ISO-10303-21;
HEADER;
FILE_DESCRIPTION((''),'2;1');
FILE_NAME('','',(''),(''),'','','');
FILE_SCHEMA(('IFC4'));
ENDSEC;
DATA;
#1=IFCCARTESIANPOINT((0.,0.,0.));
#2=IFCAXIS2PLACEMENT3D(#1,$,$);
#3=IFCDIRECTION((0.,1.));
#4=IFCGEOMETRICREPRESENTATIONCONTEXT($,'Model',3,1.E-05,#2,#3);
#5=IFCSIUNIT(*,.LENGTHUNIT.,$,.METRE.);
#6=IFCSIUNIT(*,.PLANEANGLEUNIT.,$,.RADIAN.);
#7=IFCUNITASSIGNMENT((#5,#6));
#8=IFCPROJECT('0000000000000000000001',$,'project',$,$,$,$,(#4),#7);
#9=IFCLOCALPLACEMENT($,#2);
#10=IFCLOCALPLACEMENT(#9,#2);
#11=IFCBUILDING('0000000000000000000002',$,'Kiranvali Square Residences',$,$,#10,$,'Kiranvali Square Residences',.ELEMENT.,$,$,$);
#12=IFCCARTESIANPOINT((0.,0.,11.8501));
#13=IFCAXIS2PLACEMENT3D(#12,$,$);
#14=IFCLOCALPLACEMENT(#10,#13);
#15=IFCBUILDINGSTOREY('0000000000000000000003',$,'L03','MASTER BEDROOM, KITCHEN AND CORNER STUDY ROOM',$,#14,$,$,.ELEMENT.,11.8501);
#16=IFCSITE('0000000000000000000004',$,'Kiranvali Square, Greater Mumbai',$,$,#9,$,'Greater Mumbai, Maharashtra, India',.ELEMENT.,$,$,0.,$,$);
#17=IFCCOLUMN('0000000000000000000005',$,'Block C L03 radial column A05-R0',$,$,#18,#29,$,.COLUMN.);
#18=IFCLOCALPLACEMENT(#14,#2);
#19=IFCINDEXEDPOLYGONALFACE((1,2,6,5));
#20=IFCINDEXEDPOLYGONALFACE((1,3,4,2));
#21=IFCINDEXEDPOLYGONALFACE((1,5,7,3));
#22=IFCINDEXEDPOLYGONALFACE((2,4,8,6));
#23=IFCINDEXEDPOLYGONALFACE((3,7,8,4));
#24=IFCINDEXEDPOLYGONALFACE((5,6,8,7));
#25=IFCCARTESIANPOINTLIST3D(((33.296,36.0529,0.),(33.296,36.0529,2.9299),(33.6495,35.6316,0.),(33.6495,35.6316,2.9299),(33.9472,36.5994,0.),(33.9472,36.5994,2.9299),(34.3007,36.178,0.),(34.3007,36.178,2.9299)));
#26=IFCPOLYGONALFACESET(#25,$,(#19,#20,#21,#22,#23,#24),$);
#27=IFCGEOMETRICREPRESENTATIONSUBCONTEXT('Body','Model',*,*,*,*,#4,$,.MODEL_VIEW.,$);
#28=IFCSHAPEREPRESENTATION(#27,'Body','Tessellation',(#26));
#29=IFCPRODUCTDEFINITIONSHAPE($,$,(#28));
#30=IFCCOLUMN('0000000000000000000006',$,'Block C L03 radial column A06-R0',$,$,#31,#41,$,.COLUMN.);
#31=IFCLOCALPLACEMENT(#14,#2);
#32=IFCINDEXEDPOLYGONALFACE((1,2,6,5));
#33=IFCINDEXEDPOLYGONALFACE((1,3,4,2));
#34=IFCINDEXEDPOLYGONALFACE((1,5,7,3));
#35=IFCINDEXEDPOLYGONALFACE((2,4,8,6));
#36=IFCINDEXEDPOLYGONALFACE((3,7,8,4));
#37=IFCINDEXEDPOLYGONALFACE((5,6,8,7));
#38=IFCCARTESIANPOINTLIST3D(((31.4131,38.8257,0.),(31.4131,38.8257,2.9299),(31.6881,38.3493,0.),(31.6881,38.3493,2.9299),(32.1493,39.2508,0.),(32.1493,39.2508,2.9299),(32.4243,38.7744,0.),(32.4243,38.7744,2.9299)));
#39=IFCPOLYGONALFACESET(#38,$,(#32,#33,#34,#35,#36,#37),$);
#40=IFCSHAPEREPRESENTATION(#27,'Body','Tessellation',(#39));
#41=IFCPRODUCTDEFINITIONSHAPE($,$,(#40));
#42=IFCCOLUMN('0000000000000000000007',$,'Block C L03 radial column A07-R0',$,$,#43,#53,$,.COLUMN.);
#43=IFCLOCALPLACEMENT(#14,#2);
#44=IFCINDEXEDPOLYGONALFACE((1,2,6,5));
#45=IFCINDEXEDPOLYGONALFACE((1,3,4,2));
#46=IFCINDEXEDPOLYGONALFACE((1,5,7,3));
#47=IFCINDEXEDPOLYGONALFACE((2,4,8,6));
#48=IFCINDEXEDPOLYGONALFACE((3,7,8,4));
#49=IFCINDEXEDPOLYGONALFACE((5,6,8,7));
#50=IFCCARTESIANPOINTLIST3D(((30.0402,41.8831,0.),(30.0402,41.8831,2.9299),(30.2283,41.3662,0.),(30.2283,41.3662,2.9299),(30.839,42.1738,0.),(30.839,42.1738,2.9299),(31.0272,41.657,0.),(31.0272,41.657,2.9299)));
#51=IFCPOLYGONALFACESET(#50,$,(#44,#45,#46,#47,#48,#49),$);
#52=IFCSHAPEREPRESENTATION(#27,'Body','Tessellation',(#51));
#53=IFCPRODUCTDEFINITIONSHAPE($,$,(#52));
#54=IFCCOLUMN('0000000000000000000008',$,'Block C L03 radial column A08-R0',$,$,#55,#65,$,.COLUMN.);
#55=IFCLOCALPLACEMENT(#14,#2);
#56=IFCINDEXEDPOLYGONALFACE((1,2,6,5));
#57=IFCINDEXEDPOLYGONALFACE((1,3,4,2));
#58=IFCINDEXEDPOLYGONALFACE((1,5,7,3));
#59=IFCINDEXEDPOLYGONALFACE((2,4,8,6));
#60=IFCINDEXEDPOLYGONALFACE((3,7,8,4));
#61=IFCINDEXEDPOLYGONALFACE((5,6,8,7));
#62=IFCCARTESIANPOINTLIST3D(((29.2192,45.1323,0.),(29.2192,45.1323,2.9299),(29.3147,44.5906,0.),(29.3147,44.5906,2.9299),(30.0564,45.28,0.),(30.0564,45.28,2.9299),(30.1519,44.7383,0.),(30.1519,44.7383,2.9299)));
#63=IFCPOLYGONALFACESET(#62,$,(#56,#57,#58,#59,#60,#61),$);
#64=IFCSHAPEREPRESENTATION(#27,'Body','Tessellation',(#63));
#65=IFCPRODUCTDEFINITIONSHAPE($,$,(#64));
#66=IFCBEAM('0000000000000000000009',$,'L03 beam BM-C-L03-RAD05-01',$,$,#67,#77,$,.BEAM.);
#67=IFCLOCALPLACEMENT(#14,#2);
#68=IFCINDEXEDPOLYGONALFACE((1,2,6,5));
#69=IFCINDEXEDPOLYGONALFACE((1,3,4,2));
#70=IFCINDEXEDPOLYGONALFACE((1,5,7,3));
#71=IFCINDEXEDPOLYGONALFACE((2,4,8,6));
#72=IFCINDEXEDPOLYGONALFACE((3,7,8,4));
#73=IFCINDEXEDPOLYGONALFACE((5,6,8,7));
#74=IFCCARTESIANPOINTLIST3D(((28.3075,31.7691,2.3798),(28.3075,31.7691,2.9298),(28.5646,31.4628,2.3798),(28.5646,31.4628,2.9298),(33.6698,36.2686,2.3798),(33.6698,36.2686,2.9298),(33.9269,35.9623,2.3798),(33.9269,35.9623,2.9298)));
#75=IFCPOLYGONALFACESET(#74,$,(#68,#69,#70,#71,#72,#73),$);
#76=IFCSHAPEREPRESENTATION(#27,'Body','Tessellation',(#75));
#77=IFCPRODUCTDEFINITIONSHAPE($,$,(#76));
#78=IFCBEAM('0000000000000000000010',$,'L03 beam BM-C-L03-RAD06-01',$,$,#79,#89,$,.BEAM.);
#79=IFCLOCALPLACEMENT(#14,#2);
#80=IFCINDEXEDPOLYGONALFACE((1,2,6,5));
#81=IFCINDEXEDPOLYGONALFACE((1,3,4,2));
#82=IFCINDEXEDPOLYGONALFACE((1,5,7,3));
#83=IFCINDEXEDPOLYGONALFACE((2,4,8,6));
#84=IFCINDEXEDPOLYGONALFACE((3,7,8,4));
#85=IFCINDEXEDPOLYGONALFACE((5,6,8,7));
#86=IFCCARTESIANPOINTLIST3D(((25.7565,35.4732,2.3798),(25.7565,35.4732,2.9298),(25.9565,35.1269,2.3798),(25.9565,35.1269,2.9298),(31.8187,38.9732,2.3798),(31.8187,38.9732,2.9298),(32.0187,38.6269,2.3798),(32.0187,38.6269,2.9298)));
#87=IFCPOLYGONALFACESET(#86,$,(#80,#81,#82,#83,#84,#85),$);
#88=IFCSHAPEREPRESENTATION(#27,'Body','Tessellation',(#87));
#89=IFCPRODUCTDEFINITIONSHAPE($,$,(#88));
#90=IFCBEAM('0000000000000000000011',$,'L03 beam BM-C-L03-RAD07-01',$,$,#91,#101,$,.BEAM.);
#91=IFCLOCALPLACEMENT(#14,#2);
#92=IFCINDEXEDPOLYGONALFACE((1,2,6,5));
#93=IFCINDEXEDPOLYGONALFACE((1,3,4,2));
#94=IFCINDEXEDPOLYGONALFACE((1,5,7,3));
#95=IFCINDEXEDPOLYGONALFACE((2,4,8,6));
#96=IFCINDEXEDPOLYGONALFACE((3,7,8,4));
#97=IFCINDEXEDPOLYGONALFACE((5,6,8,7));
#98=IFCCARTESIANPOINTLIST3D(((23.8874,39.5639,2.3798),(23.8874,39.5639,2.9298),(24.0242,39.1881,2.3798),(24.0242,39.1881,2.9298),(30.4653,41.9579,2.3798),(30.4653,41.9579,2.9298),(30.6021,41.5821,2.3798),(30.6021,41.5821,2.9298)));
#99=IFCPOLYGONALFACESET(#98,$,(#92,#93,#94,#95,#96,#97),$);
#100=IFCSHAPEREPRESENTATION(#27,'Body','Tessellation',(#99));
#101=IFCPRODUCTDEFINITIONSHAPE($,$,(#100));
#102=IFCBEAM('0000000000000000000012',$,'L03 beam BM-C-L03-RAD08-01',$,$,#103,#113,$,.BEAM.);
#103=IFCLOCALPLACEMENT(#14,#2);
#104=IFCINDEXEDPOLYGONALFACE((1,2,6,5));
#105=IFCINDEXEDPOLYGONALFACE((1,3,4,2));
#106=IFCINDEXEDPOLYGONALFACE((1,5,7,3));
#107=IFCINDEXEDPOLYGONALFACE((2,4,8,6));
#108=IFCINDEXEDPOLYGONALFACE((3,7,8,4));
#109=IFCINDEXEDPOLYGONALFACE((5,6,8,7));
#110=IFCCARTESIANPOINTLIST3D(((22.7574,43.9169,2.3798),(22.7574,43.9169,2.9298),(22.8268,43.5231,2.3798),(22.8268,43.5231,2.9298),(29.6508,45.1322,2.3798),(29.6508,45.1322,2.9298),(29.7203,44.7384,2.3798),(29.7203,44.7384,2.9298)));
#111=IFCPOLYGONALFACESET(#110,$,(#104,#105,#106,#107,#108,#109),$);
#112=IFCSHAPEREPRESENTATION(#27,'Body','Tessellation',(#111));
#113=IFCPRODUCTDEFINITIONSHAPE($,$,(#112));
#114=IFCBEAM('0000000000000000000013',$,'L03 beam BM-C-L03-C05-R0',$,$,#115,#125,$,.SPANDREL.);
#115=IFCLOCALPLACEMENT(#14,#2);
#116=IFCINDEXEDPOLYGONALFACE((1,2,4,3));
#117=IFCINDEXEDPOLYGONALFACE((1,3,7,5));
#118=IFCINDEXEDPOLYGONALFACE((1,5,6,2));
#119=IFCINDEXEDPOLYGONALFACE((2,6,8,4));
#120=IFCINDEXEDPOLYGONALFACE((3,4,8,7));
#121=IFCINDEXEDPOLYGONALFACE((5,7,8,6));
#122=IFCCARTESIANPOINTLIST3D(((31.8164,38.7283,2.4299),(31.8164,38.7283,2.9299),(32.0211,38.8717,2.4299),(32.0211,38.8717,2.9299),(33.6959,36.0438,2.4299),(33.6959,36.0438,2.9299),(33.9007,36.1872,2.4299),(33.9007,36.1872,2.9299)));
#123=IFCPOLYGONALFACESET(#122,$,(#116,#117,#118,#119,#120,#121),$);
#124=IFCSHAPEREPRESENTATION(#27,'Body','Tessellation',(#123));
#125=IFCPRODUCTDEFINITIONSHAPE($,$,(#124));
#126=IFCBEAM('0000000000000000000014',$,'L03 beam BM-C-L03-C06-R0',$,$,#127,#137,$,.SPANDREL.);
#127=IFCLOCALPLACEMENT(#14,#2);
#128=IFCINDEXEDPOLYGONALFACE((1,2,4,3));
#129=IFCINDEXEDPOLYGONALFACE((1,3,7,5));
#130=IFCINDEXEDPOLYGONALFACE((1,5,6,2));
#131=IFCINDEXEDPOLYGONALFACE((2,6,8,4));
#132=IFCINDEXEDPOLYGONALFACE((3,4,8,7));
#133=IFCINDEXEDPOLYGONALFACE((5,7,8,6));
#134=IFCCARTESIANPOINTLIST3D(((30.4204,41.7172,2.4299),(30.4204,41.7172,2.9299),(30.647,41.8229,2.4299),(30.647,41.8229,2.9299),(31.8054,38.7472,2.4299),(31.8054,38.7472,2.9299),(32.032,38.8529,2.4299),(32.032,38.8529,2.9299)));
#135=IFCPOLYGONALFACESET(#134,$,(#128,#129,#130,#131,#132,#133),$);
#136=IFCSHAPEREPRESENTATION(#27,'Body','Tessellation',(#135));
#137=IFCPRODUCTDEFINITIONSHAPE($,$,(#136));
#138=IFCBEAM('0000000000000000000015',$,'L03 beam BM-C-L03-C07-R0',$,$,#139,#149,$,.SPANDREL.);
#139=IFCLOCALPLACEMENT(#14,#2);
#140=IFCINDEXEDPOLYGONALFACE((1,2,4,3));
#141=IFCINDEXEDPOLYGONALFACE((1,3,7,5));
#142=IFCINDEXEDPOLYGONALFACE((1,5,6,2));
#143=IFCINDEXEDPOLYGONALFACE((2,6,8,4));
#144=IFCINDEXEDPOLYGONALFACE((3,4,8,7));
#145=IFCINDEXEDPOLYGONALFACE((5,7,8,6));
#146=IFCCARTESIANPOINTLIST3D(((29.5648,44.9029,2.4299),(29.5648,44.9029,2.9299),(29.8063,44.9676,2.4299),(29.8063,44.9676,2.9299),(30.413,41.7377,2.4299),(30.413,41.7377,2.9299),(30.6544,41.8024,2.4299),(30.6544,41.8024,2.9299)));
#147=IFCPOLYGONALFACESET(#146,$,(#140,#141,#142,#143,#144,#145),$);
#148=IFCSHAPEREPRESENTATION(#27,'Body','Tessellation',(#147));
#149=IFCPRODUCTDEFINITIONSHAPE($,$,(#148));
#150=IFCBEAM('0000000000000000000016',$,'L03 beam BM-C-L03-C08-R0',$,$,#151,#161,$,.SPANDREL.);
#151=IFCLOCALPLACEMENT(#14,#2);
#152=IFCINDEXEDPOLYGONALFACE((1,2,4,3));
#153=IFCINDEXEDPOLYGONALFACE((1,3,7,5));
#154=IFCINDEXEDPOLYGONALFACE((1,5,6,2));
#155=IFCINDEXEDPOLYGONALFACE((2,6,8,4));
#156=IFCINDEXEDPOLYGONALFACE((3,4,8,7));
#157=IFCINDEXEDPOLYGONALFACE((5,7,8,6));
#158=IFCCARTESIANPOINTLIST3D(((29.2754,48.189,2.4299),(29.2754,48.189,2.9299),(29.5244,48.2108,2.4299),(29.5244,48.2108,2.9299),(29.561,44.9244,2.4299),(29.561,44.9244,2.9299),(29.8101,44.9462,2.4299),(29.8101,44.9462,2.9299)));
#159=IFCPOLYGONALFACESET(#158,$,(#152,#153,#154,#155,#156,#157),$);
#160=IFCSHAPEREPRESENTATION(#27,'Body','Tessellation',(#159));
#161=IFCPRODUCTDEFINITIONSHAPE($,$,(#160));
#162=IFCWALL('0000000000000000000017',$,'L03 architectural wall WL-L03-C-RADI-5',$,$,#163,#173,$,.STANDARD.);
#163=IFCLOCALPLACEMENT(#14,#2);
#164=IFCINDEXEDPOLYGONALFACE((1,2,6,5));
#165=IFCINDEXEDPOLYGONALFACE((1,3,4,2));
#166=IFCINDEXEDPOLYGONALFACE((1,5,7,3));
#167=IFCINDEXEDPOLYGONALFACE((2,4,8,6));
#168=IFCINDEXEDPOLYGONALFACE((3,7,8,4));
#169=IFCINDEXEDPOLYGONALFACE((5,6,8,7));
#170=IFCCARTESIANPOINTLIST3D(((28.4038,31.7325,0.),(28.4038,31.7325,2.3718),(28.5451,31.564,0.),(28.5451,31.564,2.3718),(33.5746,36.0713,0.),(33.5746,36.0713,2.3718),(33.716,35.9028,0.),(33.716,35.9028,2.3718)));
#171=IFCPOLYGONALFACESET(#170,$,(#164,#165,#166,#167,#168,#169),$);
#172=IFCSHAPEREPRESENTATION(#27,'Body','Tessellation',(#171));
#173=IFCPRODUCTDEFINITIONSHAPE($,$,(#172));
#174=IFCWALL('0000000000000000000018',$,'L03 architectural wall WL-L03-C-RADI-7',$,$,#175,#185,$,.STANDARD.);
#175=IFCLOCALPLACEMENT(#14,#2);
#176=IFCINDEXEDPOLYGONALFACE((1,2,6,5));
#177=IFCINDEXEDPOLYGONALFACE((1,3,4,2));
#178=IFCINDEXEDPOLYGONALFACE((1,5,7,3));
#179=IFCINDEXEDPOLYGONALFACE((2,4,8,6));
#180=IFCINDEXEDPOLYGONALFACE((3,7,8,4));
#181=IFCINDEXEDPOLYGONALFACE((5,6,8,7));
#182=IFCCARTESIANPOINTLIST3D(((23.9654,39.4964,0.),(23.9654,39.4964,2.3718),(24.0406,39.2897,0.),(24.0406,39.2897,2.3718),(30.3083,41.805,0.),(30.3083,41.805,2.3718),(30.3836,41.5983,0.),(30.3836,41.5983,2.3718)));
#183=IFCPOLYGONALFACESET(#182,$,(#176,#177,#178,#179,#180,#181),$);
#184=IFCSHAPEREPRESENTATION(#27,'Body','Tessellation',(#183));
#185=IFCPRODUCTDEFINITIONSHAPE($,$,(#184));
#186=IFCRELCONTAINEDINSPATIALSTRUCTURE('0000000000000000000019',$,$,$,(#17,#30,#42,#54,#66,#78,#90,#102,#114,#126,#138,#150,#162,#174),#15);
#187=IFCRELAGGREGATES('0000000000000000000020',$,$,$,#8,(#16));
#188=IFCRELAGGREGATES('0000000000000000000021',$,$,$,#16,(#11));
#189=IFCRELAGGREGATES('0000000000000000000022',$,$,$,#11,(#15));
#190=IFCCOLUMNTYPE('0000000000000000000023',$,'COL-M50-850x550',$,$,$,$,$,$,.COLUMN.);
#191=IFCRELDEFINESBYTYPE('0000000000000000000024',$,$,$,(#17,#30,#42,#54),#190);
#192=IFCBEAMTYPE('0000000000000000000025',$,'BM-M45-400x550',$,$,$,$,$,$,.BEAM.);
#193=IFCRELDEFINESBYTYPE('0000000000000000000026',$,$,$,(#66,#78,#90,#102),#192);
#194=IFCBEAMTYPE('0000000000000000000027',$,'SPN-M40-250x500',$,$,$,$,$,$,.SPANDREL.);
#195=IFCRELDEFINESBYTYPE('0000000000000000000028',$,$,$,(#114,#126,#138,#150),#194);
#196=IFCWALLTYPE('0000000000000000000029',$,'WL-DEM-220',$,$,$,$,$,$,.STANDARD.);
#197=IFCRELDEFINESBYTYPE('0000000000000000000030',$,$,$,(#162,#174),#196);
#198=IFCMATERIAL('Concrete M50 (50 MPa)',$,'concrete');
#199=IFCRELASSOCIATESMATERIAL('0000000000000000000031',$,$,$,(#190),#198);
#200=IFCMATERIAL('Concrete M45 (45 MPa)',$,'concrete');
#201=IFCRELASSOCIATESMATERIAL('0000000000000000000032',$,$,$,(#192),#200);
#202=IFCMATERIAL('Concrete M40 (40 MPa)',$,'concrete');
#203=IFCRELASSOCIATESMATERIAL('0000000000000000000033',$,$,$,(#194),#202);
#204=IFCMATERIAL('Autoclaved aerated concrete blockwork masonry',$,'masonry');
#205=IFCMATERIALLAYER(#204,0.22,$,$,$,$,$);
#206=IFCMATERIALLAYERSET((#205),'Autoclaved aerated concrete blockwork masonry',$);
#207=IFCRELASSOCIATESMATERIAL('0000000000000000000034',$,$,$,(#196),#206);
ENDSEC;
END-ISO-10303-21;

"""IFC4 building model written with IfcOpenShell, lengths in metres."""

from ifc_helpers import new_model, si_unit, direction, frame, frame_2d, origin, origin_2d, place, context, subcontext, project, spatial, rectangle, extrude, material, layer, layer_set, material_profile, profile_set, type_object, element, save


model = new_model("IFC4")

# Units and contexts
model_context = context("Model", 3, precision=1e-05, world=origin(), true_north=direction((0.0, 1.0)))
body_context = subcontext(model_context, "Body", "Model", "MODEL_VIEW")
ifc_project = project(units=[si_unit("LENGTHUNIT", "METRE"), si_unit("PLANEANGLEUNIT", "RADIAN")], contexts=[model_context])

# Site, building, storey
site_placement = place(None, origin())
site = spatial("IfcSite", under=ifc_project, at=site_placement, Name="Kiranvali Square, Greater Mumbai", LongName="Greater Mumbai, Maharashtra, India", CompositionType="ELEMENT", RefElevation=0.0)
building_placement = place(site_placement, origin())
building = spatial("IfcBuilding", under=site, at=building_placement, Name="Kiranvali Square Residences", LongName="Kiranvali Square Residences", CompositionType="ELEMENT")
storey_placement = place(building_placement, frame((0.0, 0.0, 11.8501)))
storey = spatial("IfcBuildingStorey", under=building, at=storey_placement, Name="L03", Description="MASTER BEDROOM, KITCHEN AND CORNER STUDY ROOM", CompositionType="ELEMENT", Elevation=11.8501)

# Columns
ifc_material_1 = material(Name="Concrete M50 (50 MPa)", Category="concrete")
ifc_material_profile_1 = material_profile(ifc_material_1, rectangle(XDim=0.55, YDim=0.8501, at=origin_2d()), Name="RC 850x550")
ifc_profile_set_1 = profile_set([ifc_material_profile_1], Name="Concrete M50 (50 MPa)")
column_type = type_object("IfcColumnType", Name="COL-M50-850x550", PredefinedType="COLUMN", material=ifc_profile_set_1)
for number, where, z_axis, x_axis, name in (
    (1, (33.7983, 36.1155, 0.0), (0.0, 0.0, 1.0), (-0.642788, 0.766044, 0.0), "Block C L03 radial column A05-R0"),
    (2, (31.9187, 38.8, 0.0), (0.0, 0.0, 1.0), (-0.5, 0.866025, 0.0), "Block C L03 radial column A06-R0"),
    (3, (30.5337, 41.77, 0.0), (0.0, 0.0, 1.0), (-0.34202, 0.939693, 0.0), "Block C L03 radial column A07-R0"),
    (4, (29.6855, 44.9353, 0.0), (0.0, 0.0, 1.0), (-0.173648, 0.984808, 0.0), "Block C L03 radial column A08-R0"),
):
    element("IfcColumn", number, at=place(storey_placement, frame(where, z_axis=z_axis, x_axis=x_axis)), inside=storey, type_object=column_type, Name=name, PredefinedType="COLUMN", context=body_context, shape_type="SweptSolid", body=[
        extrude(rectangle(XDim=0.55, YDim=0.8501, at=origin_2d()), origin(), (0.0, 0.0, 1.0), 2.9299),
    ])

# Beams
ifc_material_2 = material(Name="Concrete M45 (45 MPa)", Category="concrete")
ifc_material_profile_2 = material_profile(ifc_material_2, rectangle(XDim=0.3999, YDim=0.55, at=origin_2d()), Name="RC 400x550")
ifc_profile_set_2 = profile_set([ifc_material_profile_2], Name="Concrete M45 (45 MPa)")
beam_type_1 = type_object("IfcBeamType", Name="BM-M45-400x550", PredefinedType="BEAM", material=ifc_profile_set_2)
for number, where, z_axis, x_axis, name in (
    (5, (33.7983, 36.1155, 2.6548), (-0.766044, -0.642788, 0.0), (0.642788, -0.766044, 0.0), "L03 beam BM-C-L03-RAD05-01"),
    (6, (31.9187, 38.8, 2.6548), (-0.866028, -0.499995, 0.0), (0.499995, -0.866028, 0.0), "L03 beam BM-C-L03-RAD06-01"),
    (7, (30.5337, 41.77, 2.6548), (-0.939698, -0.342006, 0.0), (0.342006, -0.939698, 0.0), "L03 beam BM-C-L03-RAD07-01"),
):
    element("IfcBeam", number, at=place(storey_placement, frame(where, z_axis=z_axis, x_axis=x_axis)), inside=storey, type_object=beam_type_1, Name=name, PredefinedType="BEAM", context=body_context, shape_type="SweptSolid", body=[
        extrude(rectangle(XDim=0.3999, YDim=0.55, at=origin_2d()), origin(), (0.0, 0.0, 1.0), 7.0),
    ])
beam_1_placement = place(storey_placement, frame((29.6855, 44.9353, 2.6548), z_axis=(-0.984812, -0.173622, 0.0), x_axis=(0.173622, -0.984812, 0.0)))
element("IfcBeam", 8, at=beam_1_placement, inside=storey, type_object=beam_type_1, Name="L03 beam BM-C-L03-RAD08-01", PredefinedType="BEAM", context=body_context, shape_type="SweptSolid", body=[
    extrude(rectangle(XDim=0.3999, YDim=0.55, at=origin_2d()), origin(), (0.0, 0.0, 1.0), 6.9998),
])
ifc_material_3 = material(Name="Concrete M40 (40 MPa)", Category="concrete")
ifc_material_profile_3 = material_profile(ifc_material_3, rectangle(XDim=0.25, YDim=0.5, at=origin_2d()), Name="RC 250x500")
ifc_profile_set_3 = profile_set([ifc_material_profile_3], Name="Concrete M40 (40 MPa)")
beam_type_2 = type_object("IfcBeamType", Name="SPN-M40-250x500", PredefinedType="SPANDREL", material=ifc_profile_set_3)
for number, where, z_axis, x_axis, name in (
    (9, (33.7983, 36.1155, 2.6799), (-0.573552, 0.819169, 0.0), (-0.819169, -0.573552, 0.0), "L03 beam BM-C-L03-C05-R0"),
    (10, (31.9187, 38.8, 2.6799), (-0.422641, 0.906297, 0.0), (-0.906297, -0.422641, 0.0), "L03 beam BM-C-L03-C06-R0"),
):
    element("IfcBeam", number, at=place(storey_placement, frame(where, z_axis=z_axis, x_axis=x_axis)), inside=storey, type_object=beam_type_2, Name=name, PredefinedType="SPANDREL", context=body_context, shape_type="SweptSolid", body=[
        extrude(rectangle(XDim=0.25, YDim=0.5, at=origin_2d()), origin(), (0.0, 0.0, 1.0), 3.2771),
    ])
beam_2_placement = place(storey_placement, frame((30.5337, 41.77, 2.6799), z_axis=(-0.258822, 0.965925, 0.0), x_axis=(-0.965925, -0.258822, 0.0)))
element("IfcBeam", 11, at=beam_2_placement, inside=storey, type_object=beam_type_2, Name="L03 beam BM-C-L03-C07-R0", PredefinedType="SPANDREL", context=body_context, shape_type="SweptSolid", body=[
    extrude(rectangle(XDim=0.25, YDim=0.5, at=origin_2d()), origin(), (0.0, 0.0, 1.0), 3.2769),
])
beam_3_placement = place(storey_placement, frame((29.6855, 44.9353, 2.6799), z_axis=(-0.087163, 0.996194, 0.0), x_axis=(-0.996194, -0.087163, 0.0)))
element("IfcBeam", 12, at=beam_3_placement, inside=storey, type_object=beam_type_2, Name="L03 beam BM-C-L03-C08-R0", PredefinedType="SPANDREL", context=body_context, shape_type="SweptSolid", body=[
    extrude(rectangle(XDim=0.25, YDim=0.5, at=origin_2d()), origin(), (0.0, 0.0, 1.0), 3.2771),
])

# Walls
ifc_material_4 = material(Name="Autoclaved aerated concrete blockwork masonry", Category="masonry")
ifc_layer_1 = layer(ifc_material_4, 0.22)
ifc_layer_set_1 = layer_set([ifc_layer_1], Name="Autoclaved aerated concrete blockwork masonry")
wall_type_1 = type_object("IfcWallType", Name="WL-DEM-220", PredefinedType="STANDARD", material=ifc_layer_set_1)
for number, where, z_axis, x_axis, name in (
    (13, (33.6453, 35.9871, 0.0), (0.0, 0.0, 1.0), (-0.766047, -0.642785, 0.0), "L03 architectural wall WL-L03-C-RADI-5"),
    (14, (30.3459, 41.7017, 0.0), (0.0, 0.0, 1.0), (-0.939696, -0.34201, 0.0), "L03 architectural wall WL-L03-C-RADI-7"),
):
    element("IfcWall", number, at=place(storey_placement, frame(where, z_axis=z_axis, x_axis=x_axis)), inside=storey, type_object=wall_type_1, Name=name, PredefinedType="STANDARD", context=body_context, shape_type="SweptSolid", body=[
        extrude(rectangle(XDim=6.75, YDim=0.22, at=frame_2d((3.375, 0.0))), origin(), (0.0, 0.0, 1.0), 2.3718),
    ])

save(model, "model.ifc")
